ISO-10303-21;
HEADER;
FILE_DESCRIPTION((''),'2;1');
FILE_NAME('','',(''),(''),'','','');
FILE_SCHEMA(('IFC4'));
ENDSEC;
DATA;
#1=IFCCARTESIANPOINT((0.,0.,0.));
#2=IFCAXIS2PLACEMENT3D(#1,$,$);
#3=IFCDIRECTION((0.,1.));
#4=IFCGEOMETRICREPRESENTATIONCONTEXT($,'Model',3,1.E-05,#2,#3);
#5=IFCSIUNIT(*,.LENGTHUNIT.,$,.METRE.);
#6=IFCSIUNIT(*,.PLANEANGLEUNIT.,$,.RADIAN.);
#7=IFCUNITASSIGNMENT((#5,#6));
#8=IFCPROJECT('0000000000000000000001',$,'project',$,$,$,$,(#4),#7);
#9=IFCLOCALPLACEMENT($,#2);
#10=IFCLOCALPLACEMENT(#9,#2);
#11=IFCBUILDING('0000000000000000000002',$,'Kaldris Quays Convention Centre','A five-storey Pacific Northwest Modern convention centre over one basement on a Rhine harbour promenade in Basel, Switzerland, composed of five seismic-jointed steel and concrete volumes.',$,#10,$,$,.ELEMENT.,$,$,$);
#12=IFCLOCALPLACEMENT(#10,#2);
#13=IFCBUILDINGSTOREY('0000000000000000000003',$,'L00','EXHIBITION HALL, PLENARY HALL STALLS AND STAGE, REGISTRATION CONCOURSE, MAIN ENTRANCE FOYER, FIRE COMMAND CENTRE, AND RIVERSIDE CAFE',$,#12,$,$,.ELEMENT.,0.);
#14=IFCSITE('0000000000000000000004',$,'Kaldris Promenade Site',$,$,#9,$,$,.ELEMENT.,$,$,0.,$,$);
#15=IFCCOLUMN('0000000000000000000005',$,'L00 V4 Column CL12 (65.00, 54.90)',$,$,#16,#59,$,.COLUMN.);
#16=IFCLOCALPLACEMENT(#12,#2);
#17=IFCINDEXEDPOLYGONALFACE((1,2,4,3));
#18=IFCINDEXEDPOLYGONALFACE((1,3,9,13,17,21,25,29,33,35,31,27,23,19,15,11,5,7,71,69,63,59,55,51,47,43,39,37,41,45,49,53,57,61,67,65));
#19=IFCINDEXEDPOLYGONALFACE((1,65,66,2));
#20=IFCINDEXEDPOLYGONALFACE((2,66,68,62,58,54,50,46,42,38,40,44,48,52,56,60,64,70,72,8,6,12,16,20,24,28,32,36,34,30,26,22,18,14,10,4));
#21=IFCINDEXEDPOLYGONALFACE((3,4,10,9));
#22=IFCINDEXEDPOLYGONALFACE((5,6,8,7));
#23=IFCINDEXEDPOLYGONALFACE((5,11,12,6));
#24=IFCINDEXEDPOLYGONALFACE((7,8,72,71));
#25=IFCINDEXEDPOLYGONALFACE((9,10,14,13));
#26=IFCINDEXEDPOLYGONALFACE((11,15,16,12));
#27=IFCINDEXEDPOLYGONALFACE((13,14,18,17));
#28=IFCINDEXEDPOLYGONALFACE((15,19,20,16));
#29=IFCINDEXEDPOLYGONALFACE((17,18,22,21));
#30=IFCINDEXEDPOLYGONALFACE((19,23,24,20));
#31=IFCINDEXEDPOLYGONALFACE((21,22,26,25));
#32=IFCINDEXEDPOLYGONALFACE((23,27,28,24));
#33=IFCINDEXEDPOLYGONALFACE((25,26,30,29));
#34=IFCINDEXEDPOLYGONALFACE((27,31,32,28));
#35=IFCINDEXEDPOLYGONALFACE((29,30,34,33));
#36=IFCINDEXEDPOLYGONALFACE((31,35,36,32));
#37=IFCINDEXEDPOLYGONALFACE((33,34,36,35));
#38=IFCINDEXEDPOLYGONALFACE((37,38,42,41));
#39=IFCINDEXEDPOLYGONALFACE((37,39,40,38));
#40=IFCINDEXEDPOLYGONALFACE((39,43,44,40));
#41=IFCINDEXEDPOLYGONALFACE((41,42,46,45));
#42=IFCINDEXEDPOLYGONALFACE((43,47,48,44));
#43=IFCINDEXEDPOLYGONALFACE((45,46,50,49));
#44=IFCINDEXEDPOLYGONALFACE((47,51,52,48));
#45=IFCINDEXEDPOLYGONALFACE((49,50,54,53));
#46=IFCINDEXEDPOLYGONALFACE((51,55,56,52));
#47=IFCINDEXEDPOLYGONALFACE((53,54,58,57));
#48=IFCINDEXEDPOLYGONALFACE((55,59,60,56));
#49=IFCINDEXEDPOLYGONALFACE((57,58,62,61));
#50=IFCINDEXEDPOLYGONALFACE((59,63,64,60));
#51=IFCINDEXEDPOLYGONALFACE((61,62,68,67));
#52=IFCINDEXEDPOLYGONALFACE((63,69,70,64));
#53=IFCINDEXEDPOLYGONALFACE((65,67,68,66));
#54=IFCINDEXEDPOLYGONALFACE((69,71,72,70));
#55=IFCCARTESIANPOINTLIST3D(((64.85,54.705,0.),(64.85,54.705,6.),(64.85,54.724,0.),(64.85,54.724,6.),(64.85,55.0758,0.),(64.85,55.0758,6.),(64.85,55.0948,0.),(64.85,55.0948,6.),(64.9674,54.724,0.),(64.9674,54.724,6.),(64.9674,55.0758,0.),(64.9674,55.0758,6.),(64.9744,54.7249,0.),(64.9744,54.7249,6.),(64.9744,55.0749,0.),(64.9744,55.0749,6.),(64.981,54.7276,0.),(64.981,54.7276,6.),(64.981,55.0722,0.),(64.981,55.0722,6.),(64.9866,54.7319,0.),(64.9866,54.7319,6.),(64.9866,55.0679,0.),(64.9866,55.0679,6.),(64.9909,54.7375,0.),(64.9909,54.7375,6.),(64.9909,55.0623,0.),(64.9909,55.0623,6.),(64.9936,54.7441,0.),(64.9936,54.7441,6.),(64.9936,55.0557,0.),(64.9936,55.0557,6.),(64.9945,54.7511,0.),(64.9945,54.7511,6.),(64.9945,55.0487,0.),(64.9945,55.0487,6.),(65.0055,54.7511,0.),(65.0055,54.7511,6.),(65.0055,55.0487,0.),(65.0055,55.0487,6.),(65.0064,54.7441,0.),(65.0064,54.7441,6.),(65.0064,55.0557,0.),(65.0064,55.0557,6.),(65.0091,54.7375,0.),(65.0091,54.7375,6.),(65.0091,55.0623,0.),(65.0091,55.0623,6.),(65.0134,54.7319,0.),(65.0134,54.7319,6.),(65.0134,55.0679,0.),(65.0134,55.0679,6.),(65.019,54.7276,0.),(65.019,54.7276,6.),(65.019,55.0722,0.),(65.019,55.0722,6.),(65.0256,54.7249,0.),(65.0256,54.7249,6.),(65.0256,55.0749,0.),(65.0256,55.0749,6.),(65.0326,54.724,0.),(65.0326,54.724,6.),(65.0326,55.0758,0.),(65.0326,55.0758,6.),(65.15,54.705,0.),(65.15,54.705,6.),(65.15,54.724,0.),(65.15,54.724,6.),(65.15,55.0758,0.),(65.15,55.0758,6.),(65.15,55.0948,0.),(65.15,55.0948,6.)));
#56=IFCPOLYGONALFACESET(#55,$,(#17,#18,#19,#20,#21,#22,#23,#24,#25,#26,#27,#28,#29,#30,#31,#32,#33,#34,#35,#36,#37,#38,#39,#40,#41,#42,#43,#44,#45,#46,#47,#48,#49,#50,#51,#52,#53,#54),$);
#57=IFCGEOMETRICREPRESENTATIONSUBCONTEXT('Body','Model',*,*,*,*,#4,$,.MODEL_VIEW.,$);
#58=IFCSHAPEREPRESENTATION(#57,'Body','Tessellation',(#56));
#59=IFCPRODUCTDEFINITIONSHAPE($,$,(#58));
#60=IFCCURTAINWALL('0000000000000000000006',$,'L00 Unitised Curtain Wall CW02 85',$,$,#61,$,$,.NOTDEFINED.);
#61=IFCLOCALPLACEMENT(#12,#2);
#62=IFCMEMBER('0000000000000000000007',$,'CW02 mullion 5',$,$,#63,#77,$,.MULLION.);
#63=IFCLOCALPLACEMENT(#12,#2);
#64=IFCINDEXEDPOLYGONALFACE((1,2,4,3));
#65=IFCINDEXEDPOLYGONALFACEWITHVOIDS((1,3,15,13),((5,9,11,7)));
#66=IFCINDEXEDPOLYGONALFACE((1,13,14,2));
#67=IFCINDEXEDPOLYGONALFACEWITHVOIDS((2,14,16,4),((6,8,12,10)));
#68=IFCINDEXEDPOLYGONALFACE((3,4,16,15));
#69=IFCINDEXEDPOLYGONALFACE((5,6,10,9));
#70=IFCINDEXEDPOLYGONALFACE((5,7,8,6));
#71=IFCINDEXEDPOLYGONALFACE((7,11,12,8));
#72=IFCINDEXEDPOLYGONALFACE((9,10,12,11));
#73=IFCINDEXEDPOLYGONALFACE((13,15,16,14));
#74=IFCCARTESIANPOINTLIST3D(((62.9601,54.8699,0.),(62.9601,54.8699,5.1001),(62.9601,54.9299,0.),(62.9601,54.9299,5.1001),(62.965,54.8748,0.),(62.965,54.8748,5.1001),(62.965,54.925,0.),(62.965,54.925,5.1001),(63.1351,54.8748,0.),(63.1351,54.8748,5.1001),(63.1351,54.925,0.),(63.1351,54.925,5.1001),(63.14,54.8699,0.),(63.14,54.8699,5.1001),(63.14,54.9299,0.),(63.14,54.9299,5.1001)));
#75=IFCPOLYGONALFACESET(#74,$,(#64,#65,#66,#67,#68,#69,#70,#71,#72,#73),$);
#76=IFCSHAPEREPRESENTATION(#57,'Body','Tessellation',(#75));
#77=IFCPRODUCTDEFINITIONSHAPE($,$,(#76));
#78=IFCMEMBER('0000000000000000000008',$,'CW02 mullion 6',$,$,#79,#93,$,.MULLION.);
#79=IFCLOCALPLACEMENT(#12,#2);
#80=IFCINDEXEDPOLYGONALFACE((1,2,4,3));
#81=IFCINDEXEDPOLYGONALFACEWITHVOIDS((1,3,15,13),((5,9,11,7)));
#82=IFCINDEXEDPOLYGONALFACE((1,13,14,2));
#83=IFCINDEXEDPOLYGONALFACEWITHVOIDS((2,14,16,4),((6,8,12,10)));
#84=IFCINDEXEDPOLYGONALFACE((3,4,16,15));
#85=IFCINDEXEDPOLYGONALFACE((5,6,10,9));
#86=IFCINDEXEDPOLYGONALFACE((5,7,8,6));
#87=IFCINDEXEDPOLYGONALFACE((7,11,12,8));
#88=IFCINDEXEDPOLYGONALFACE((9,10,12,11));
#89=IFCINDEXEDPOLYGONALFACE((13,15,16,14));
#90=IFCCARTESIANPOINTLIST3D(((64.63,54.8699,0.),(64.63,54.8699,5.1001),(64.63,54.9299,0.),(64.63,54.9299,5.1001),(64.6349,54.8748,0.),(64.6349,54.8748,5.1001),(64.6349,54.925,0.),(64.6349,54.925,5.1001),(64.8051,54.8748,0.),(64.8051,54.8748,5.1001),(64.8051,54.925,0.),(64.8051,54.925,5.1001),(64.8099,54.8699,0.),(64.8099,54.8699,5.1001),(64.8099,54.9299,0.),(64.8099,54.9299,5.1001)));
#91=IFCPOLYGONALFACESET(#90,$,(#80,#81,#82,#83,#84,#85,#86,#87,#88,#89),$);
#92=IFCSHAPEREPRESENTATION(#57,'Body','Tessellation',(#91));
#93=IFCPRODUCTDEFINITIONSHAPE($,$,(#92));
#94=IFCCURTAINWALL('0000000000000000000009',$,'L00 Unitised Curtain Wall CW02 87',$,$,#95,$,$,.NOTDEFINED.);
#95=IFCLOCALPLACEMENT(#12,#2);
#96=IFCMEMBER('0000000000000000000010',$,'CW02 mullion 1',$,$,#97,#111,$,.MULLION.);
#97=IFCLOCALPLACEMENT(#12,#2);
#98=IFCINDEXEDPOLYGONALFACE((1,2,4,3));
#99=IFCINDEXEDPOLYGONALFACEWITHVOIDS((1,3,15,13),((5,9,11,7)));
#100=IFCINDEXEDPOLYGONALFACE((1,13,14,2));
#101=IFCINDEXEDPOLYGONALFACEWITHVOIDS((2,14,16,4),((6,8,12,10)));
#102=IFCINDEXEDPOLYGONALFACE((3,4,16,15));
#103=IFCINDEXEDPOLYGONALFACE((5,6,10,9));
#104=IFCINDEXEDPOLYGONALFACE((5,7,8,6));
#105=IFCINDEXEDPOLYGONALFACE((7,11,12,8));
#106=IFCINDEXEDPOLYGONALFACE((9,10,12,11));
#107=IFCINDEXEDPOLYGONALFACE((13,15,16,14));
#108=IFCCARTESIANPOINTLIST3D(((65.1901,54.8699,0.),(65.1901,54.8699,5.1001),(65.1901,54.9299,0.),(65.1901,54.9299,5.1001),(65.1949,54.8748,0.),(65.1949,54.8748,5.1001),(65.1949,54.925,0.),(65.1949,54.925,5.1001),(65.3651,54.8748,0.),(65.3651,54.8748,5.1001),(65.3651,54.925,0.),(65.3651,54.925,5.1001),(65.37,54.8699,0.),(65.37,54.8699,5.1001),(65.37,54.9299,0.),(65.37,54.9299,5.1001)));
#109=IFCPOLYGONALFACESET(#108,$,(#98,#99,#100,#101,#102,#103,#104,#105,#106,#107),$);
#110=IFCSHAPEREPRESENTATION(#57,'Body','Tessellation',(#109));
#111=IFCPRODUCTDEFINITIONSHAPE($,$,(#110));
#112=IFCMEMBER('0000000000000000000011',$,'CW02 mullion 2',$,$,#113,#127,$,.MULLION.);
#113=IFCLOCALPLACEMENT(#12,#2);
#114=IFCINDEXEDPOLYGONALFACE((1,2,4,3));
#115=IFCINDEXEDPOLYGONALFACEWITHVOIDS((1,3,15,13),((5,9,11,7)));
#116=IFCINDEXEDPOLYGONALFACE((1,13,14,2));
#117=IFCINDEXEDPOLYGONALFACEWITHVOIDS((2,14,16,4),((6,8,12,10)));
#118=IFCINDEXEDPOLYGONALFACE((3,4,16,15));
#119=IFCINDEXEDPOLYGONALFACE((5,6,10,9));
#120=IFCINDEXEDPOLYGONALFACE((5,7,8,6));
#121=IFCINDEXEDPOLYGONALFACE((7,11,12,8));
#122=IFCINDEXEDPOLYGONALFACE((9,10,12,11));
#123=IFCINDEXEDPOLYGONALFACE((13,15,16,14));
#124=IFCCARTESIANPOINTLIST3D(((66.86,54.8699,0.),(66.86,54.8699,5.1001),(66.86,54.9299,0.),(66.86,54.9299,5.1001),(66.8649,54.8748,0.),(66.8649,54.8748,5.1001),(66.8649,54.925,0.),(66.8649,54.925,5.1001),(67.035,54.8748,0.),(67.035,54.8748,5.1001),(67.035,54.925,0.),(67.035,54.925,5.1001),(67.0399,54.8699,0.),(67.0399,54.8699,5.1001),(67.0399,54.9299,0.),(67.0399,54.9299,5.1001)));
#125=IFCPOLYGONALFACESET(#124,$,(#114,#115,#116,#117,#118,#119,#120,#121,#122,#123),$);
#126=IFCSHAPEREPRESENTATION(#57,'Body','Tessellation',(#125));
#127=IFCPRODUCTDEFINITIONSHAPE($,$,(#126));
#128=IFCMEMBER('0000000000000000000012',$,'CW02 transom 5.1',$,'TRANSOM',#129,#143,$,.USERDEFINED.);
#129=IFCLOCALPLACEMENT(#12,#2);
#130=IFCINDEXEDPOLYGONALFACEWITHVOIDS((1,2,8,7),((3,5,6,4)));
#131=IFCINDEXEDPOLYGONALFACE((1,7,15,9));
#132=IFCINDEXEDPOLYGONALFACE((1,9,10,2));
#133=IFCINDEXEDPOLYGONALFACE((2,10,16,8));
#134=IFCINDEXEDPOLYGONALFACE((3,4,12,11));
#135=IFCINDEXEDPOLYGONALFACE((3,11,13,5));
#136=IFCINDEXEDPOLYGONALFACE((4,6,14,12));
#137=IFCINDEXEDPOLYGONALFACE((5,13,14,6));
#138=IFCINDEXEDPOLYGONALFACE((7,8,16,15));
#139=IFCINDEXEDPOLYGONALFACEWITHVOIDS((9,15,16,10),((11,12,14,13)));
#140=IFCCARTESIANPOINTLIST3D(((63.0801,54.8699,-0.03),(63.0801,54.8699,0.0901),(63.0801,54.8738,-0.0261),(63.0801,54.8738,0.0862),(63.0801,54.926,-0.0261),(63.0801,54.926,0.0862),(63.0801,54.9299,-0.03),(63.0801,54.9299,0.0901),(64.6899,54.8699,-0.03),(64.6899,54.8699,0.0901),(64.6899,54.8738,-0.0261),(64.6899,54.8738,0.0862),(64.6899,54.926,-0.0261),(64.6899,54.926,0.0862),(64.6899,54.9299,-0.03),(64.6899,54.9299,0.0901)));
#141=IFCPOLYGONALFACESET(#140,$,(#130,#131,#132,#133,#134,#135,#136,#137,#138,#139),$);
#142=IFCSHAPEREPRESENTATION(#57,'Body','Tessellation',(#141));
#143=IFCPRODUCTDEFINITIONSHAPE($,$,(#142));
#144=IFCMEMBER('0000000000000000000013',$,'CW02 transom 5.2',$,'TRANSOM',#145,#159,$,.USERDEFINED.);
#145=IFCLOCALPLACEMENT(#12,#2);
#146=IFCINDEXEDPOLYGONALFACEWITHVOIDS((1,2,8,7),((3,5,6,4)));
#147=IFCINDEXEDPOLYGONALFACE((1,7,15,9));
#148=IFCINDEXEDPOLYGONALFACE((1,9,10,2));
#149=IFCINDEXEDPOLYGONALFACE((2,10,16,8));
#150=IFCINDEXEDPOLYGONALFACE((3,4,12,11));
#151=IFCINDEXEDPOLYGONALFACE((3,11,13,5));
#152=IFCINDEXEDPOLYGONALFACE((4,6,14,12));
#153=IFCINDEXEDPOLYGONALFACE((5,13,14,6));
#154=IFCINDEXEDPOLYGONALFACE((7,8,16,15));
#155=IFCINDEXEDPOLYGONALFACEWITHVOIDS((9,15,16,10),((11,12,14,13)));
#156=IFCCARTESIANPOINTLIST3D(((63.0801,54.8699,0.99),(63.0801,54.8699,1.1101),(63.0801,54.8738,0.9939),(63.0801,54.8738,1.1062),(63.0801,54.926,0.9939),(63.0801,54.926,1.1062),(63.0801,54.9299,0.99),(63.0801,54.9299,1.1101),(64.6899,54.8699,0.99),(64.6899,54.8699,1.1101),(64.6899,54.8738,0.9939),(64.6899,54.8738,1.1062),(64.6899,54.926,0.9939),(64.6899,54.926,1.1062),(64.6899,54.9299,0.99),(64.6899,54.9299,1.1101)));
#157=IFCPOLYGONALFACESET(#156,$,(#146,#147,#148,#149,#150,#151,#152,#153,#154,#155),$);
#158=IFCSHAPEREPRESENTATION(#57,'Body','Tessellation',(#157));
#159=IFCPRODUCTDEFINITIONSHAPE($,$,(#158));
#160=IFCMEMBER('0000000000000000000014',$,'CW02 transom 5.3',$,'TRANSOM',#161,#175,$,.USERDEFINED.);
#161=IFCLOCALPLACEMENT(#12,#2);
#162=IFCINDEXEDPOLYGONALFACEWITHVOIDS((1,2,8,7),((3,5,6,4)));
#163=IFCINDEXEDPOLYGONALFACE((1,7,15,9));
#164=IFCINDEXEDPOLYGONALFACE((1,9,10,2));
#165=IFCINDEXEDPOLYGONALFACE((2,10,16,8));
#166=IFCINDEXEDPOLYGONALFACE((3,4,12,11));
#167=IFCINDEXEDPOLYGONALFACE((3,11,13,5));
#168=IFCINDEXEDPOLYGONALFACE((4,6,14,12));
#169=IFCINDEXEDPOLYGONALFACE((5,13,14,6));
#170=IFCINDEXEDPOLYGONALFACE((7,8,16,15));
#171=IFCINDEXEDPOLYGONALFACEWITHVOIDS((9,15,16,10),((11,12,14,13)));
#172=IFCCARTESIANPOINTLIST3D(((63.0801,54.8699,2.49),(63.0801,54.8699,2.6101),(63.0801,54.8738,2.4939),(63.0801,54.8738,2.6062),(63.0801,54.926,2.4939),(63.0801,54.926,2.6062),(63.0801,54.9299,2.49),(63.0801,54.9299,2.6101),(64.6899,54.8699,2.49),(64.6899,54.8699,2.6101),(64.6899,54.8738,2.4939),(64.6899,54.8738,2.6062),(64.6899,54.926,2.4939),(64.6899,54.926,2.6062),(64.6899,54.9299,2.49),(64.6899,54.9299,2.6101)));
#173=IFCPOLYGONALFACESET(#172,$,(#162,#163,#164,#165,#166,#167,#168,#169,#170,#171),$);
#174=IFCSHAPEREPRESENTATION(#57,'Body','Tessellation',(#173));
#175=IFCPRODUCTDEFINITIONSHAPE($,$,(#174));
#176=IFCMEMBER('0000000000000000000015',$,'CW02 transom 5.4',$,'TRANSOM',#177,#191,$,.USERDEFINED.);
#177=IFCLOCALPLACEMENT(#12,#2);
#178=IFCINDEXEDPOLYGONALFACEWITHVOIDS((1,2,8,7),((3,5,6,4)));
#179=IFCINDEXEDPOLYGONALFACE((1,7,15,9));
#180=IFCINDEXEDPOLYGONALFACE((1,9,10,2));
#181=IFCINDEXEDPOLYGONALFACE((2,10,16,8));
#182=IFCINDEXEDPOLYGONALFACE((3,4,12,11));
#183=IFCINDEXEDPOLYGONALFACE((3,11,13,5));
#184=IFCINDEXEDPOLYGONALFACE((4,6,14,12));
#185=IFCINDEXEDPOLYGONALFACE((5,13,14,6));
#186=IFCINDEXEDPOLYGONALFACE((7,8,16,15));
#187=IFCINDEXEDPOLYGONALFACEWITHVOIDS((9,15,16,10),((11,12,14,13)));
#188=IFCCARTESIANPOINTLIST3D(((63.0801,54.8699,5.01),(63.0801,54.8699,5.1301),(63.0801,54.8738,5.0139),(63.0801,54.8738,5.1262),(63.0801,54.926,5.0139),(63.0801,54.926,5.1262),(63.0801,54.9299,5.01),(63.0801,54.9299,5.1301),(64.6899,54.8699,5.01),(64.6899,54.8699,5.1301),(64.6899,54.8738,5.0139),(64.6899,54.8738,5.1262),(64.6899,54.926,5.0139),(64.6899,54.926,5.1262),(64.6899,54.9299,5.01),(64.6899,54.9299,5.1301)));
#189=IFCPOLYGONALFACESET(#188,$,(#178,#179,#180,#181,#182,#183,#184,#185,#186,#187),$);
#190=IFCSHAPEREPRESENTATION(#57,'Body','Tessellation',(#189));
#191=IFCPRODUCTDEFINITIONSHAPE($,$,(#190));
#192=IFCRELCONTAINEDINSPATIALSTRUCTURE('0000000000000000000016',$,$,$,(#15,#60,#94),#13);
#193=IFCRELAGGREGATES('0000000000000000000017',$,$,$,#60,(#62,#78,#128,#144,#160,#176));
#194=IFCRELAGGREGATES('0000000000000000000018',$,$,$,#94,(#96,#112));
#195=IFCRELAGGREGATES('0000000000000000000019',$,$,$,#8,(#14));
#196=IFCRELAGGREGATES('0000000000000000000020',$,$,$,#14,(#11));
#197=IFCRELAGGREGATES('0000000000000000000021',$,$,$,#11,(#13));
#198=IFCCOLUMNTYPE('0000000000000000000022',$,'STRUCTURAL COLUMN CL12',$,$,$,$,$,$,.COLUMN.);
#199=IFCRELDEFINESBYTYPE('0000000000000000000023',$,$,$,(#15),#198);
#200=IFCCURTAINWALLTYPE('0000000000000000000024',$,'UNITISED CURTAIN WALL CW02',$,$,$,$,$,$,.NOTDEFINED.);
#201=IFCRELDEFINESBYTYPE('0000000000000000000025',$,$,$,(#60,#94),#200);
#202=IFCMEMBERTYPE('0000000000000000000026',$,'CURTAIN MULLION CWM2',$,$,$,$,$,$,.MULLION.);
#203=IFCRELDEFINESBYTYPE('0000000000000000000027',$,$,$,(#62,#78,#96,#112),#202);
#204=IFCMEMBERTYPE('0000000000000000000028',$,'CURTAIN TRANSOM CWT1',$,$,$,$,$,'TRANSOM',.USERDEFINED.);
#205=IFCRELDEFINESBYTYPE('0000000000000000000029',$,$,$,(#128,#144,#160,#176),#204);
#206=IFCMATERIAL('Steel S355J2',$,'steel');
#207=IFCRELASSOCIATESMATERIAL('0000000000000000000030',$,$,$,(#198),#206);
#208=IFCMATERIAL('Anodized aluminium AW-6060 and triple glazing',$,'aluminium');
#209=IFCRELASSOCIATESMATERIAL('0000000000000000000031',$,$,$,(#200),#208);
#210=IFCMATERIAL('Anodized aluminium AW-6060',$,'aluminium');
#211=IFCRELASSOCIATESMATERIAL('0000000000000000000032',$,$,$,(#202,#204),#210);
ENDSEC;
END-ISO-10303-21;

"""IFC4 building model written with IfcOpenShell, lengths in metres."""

from ifc_helpers import new_model, si_unit, direction, frame, origin, origin_2d, place, context, subcontext, project, spatial, hollow_rectangle, i_section, extrude, material, material_profile, profile_set, type_object, element, aggregate, save


model = new_model("IFC4")

# Units and contexts
model_context = context("Model", 3, precision=1e-05, world=origin(), true_north=direction((0.0, 1.0)))
body_context = subcontext(model_context, "Body", "Model", "MODEL_VIEW")
ifc_project = project(units=[si_unit("LENGTHUNIT", "METRE"), si_unit("PLANEANGLEUNIT", "RADIAN")], contexts=[model_context])

# Site, building, storey
site_placement = place(None, origin())
site = spatial("IfcSite", under=ifc_project, at=site_placement, Name="Kaldris Promenade Site", CompositionType="ELEMENT", RefElevation=0.0)
building_placement = place(site_placement, origin())
building = spatial("IfcBuilding", under=site, at=building_placement, Name="Kaldris Quays Convention Centre", Description="A five-storey Pacific Northwest Modern convention centre over one basement on a Rhine harbour promenade in Basel, Switzerland, composed of five seismic-jointed steel and concrete volumes.", CompositionType="ELEMENT")
storey_placement = place(building_placement, origin())
storey = spatial("IfcBuildingStorey", under=building, at=storey_placement, Name="L00", Description="EXHIBITION HALL, PLENARY HALL STALLS AND STAGE, REGISTRATION CONCOURSE, MAIN ENTRANCE FOYER, FIRE COMMAND CENTRE, AND RIVERSIDE CAFE", CompositionType="ELEMENT", Elevation=0.0)

# Column
ifc_material_1 = material(Name="Steel S355J2", Category="steel")
ifc_material_profile_1 = material_profile(ifc_material_1, i_section(OverallWidth=0.3, OverallDepth=0.3899, WebThickness=0.011, FlangeThickness=0.019, FilletRadius=0.0271, at=origin_2d()), Name="HEA 400")
ifc_profile_set_1 = profile_set([ifc_material_profile_1], Name="Steel S355J2")
column_type = type_object("IfcColumnType", Name="STRUCTURAL COLUMN CL12", PredefinedType="COLUMN", material=ifc_profile_set_1)
column_placement = place(storey_placement, frame((65.0, 54.8999, 0.0), z_axis=(0.0, 0.0, 1.0), x_axis=(1.0, 0.0, 0.0)))
element("IfcColumn", 1, at=column_placement, inside=storey, type_object=column_type, Name="L00 V4 Column CL12 (65.00, 54.90)", PredefinedType="COLUMN", context=body_context, shape_type="SweptSolid", body=[
    extrude(i_section(OverallWidth=0.3, OverallDepth=0.3899, WebThickness=0.011, FlangeThickness=0.019, FilletRadius=0.0271, at=origin_2d()), origin(), (0.0, 0.0, 1.0), 6.0),
])

# Curtain walls, members
ifc_material_2 = material(Name="Anodized aluminium AW-6060 and triple glazing", Category="aluminium")
curtain_wall_type = type_object("IfcCurtainWallType", Name="UNITISED CURTAIN WALL CW02", PredefinedType="NOTDEFINED", material=ifc_material_2)
curtain_wall_1_placement = place(storey_placement, origin())
curtain_wall_1 = element("IfcCurtainWall", 2, at=curtain_wall_1_placement, inside=storey, type_object=curtain_wall_type, Name="L00 Unitised Curtain Wall CW02 85", PredefinedType="NOTDEFINED")
ifc_material_3 = material(Name="Anodized aluminium AW-6060", Category="aluminium")
ifc_material_profile_2 = material_profile(ifc_material_3, hollow_rectangle(XDim=0.0601, YDim=0.1799, WallThickness=0.0049, at=origin_2d()), Name="RHS 180x60x5")
ifc_profile_set_2 = profile_set([ifc_material_profile_2], Name="Anodized aluminium AW-6060")
member_type_1 = type_object("IfcMemberType", Name="CURTAIN MULLION CWM2", PredefinedType="MULLION", material=ifc_profile_set_2)
member_1_placement = place(storey_placement, frame((63.05, 54.8999, 0.0), z_axis=(0.0, 0.0, 1.0), x_axis=(0.0, 1.0, 0.0)))
member_1 = element("IfcMember", 3, at=member_1_placement, type_object=member_type_1, Name="CW02 mullion 5", PredefinedType="MULLION", context=body_context, shape_type="SweptSolid", body=[
    extrude(hollow_rectangle(XDim=0.0601, YDim=0.1799, WallThickness=0.0049, at=origin_2d()), origin(), (0.0, 0.0, 1.0), 5.1001),
])
member_2_placement = place(storey_placement, frame((64.72, 54.8999, 0.0), z_axis=(0.0, 0.0, 1.0), x_axis=(0.0, 1.0, 0.0)))
member_2 = element("IfcMember", 4, at=member_2_placement, type_object=member_type_1, Name="CW02 mullion 6", PredefinedType="MULLION", context=body_context, shape_type="SweptSolid", body=[
    extrude(hollow_rectangle(XDim=0.0601, YDim=0.1799, WallThickness=0.0049, at=origin_2d()), origin(), (0.0, 0.0, 1.0), 5.1001),
])
curtain_wall_2_placement = place(storey_placement, origin())
curtain_wall_2 = element("IfcCurtainWall", 5, at=curtain_wall_2_placement, inside=storey, type_object=curtain_wall_type, Name="L00 Unitised Curtain Wall CW02 87", PredefinedType="NOTDEFINED")
member_3_placement = place(storey_placement, frame((65.28, 54.8999, 0.0), z_axis=(0.0, 0.0, 1.0), x_axis=(0.0, 1.0, 0.0)))
member_3 = element("IfcMember", 6, at=member_3_placement, type_object=member_type_1, Name="CW02 mullion 1", PredefinedType="MULLION", context=body_context, shape_type="SweptSolid", body=[
    extrude(hollow_rectangle(XDim=0.0601, YDim=0.1799, WallThickness=0.0049, at=origin_2d()), origin(), (0.0, 0.0, 1.0), 5.1001),
])
member_4_placement = place(storey_placement, frame((66.95, 54.8999, 0.0), z_axis=(0.0, 0.0, 1.0), x_axis=(0.0, 1.0, 0.0)))
member_4 = element("IfcMember", 7, at=member_4_placement, type_object=member_type_1, Name="CW02 mullion 2", PredefinedType="MULLION", context=body_context, shape_type="SweptSolid", body=[
    extrude(hollow_rectangle(XDim=0.0601, YDim=0.1799, WallThickness=0.0049, at=origin_2d()), origin(), (0.0, 0.0, 1.0), 5.1001),
])

# Members
ifc_material_profile_3 = material_profile(ifc_material_3, hollow_rectangle(XDim=0.0601, YDim=0.1201, WallThickness=0.0039, at=origin_2d()), Name="RHS 120x60x4")
ifc_profile_set_3 = profile_set([ifc_material_profile_3], Name="Anodized aluminium AW-6060")
member_type_2 = type_object("IfcMemberType", Name="CURTAIN TRANSOM CWT1", ElementType="TRANSOM", PredefinedType="USERDEFINED", material=ifc_profile_set_3)
member_5_placement = place(storey_placement, frame((63.0801, 54.8999, 0.03), z_axis=(1.0, 0.0, 0.0), x_axis=(0.0, 1.0, 0.0)))
member_5 = element("IfcMember", 8, at=member_5_placement, type_object=member_type_2, Name="CW02 transom 5.1", ObjectType="TRANSOM", PredefinedType="USERDEFINED", context=body_context, shape_type="SweptSolid", body=[
    extrude(hollow_rectangle(XDim=0.0601, YDim=0.1201, WallThickness=0.0039, at=origin_2d()), origin(), (0.0, 0.0, 1.0), 1.6099),
])
member_6_placement = place(storey_placement, frame((63.0801, 54.8999, 1.05), z_axis=(1.0, 0.0, 0.0), x_axis=(0.0, 1.0, 0.0)))
member_6 = element("IfcMember", 9, at=member_6_placement, type_object=member_type_2, Name="CW02 transom 5.2", ObjectType="TRANSOM", PredefinedType="USERDEFINED", context=body_context, shape_type="SweptSolid", body=[
    extrude(hollow_rectangle(XDim=0.0601, YDim=0.1201, WallThickness=0.0039, at=origin_2d()), origin(), (0.0, 0.0, 1.0), 1.6099),
])
member_7_placement = place(storey_placement, frame((63.0801, 54.8999, 2.55), z_axis=(1.0, 0.0, 0.0), x_axis=(0.0, 1.0, 0.0)))
member_7 = element("IfcMember", 10, at=member_7_placement, type_object=member_type_2, Name="CW02 transom 5.3", ObjectType="TRANSOM", PredefinedType="USERDEFINED", context=body_context, shape_type="SweptSolid", body=[
    extrude(hollow_rectangle(XDim=0.0601, YDim=0.1201, WallThickness=0.0039, at=origin_2d()), origin(), (0.0, 0.0, 1.0), 1.6099),
])
member_8_placement = place(storey_placement, frame((63.0801, 54.8999, 5.0701), z_axis=(1.0, 0.0, 0.0), x_axis=(0.0, 1.0, 0.0)))
member_8 = element("IfcMember", 11, at=member_8_placement, type_object=member_type_2, Name="CW02 transom 5.4", ObjectType="TRANSOM", PredefinedType="USERDEFINED", context=body_context, shape_type="SweptSolid", body=[
    extrude(hollow_rectangle(XDim=0.0601, YDim=0.1201, WallThickness=0.0039, at=origin_2d()), origin(), (0.0, 0.0, 1.0), 1.6099),
])

aggregate(curtain_wall_1, [member_1, member_2, member_5, member_6, member_7, member_8])
aggregate(curtain_wall_2, [member_3, member_4])

save(model, "model.ifc")
